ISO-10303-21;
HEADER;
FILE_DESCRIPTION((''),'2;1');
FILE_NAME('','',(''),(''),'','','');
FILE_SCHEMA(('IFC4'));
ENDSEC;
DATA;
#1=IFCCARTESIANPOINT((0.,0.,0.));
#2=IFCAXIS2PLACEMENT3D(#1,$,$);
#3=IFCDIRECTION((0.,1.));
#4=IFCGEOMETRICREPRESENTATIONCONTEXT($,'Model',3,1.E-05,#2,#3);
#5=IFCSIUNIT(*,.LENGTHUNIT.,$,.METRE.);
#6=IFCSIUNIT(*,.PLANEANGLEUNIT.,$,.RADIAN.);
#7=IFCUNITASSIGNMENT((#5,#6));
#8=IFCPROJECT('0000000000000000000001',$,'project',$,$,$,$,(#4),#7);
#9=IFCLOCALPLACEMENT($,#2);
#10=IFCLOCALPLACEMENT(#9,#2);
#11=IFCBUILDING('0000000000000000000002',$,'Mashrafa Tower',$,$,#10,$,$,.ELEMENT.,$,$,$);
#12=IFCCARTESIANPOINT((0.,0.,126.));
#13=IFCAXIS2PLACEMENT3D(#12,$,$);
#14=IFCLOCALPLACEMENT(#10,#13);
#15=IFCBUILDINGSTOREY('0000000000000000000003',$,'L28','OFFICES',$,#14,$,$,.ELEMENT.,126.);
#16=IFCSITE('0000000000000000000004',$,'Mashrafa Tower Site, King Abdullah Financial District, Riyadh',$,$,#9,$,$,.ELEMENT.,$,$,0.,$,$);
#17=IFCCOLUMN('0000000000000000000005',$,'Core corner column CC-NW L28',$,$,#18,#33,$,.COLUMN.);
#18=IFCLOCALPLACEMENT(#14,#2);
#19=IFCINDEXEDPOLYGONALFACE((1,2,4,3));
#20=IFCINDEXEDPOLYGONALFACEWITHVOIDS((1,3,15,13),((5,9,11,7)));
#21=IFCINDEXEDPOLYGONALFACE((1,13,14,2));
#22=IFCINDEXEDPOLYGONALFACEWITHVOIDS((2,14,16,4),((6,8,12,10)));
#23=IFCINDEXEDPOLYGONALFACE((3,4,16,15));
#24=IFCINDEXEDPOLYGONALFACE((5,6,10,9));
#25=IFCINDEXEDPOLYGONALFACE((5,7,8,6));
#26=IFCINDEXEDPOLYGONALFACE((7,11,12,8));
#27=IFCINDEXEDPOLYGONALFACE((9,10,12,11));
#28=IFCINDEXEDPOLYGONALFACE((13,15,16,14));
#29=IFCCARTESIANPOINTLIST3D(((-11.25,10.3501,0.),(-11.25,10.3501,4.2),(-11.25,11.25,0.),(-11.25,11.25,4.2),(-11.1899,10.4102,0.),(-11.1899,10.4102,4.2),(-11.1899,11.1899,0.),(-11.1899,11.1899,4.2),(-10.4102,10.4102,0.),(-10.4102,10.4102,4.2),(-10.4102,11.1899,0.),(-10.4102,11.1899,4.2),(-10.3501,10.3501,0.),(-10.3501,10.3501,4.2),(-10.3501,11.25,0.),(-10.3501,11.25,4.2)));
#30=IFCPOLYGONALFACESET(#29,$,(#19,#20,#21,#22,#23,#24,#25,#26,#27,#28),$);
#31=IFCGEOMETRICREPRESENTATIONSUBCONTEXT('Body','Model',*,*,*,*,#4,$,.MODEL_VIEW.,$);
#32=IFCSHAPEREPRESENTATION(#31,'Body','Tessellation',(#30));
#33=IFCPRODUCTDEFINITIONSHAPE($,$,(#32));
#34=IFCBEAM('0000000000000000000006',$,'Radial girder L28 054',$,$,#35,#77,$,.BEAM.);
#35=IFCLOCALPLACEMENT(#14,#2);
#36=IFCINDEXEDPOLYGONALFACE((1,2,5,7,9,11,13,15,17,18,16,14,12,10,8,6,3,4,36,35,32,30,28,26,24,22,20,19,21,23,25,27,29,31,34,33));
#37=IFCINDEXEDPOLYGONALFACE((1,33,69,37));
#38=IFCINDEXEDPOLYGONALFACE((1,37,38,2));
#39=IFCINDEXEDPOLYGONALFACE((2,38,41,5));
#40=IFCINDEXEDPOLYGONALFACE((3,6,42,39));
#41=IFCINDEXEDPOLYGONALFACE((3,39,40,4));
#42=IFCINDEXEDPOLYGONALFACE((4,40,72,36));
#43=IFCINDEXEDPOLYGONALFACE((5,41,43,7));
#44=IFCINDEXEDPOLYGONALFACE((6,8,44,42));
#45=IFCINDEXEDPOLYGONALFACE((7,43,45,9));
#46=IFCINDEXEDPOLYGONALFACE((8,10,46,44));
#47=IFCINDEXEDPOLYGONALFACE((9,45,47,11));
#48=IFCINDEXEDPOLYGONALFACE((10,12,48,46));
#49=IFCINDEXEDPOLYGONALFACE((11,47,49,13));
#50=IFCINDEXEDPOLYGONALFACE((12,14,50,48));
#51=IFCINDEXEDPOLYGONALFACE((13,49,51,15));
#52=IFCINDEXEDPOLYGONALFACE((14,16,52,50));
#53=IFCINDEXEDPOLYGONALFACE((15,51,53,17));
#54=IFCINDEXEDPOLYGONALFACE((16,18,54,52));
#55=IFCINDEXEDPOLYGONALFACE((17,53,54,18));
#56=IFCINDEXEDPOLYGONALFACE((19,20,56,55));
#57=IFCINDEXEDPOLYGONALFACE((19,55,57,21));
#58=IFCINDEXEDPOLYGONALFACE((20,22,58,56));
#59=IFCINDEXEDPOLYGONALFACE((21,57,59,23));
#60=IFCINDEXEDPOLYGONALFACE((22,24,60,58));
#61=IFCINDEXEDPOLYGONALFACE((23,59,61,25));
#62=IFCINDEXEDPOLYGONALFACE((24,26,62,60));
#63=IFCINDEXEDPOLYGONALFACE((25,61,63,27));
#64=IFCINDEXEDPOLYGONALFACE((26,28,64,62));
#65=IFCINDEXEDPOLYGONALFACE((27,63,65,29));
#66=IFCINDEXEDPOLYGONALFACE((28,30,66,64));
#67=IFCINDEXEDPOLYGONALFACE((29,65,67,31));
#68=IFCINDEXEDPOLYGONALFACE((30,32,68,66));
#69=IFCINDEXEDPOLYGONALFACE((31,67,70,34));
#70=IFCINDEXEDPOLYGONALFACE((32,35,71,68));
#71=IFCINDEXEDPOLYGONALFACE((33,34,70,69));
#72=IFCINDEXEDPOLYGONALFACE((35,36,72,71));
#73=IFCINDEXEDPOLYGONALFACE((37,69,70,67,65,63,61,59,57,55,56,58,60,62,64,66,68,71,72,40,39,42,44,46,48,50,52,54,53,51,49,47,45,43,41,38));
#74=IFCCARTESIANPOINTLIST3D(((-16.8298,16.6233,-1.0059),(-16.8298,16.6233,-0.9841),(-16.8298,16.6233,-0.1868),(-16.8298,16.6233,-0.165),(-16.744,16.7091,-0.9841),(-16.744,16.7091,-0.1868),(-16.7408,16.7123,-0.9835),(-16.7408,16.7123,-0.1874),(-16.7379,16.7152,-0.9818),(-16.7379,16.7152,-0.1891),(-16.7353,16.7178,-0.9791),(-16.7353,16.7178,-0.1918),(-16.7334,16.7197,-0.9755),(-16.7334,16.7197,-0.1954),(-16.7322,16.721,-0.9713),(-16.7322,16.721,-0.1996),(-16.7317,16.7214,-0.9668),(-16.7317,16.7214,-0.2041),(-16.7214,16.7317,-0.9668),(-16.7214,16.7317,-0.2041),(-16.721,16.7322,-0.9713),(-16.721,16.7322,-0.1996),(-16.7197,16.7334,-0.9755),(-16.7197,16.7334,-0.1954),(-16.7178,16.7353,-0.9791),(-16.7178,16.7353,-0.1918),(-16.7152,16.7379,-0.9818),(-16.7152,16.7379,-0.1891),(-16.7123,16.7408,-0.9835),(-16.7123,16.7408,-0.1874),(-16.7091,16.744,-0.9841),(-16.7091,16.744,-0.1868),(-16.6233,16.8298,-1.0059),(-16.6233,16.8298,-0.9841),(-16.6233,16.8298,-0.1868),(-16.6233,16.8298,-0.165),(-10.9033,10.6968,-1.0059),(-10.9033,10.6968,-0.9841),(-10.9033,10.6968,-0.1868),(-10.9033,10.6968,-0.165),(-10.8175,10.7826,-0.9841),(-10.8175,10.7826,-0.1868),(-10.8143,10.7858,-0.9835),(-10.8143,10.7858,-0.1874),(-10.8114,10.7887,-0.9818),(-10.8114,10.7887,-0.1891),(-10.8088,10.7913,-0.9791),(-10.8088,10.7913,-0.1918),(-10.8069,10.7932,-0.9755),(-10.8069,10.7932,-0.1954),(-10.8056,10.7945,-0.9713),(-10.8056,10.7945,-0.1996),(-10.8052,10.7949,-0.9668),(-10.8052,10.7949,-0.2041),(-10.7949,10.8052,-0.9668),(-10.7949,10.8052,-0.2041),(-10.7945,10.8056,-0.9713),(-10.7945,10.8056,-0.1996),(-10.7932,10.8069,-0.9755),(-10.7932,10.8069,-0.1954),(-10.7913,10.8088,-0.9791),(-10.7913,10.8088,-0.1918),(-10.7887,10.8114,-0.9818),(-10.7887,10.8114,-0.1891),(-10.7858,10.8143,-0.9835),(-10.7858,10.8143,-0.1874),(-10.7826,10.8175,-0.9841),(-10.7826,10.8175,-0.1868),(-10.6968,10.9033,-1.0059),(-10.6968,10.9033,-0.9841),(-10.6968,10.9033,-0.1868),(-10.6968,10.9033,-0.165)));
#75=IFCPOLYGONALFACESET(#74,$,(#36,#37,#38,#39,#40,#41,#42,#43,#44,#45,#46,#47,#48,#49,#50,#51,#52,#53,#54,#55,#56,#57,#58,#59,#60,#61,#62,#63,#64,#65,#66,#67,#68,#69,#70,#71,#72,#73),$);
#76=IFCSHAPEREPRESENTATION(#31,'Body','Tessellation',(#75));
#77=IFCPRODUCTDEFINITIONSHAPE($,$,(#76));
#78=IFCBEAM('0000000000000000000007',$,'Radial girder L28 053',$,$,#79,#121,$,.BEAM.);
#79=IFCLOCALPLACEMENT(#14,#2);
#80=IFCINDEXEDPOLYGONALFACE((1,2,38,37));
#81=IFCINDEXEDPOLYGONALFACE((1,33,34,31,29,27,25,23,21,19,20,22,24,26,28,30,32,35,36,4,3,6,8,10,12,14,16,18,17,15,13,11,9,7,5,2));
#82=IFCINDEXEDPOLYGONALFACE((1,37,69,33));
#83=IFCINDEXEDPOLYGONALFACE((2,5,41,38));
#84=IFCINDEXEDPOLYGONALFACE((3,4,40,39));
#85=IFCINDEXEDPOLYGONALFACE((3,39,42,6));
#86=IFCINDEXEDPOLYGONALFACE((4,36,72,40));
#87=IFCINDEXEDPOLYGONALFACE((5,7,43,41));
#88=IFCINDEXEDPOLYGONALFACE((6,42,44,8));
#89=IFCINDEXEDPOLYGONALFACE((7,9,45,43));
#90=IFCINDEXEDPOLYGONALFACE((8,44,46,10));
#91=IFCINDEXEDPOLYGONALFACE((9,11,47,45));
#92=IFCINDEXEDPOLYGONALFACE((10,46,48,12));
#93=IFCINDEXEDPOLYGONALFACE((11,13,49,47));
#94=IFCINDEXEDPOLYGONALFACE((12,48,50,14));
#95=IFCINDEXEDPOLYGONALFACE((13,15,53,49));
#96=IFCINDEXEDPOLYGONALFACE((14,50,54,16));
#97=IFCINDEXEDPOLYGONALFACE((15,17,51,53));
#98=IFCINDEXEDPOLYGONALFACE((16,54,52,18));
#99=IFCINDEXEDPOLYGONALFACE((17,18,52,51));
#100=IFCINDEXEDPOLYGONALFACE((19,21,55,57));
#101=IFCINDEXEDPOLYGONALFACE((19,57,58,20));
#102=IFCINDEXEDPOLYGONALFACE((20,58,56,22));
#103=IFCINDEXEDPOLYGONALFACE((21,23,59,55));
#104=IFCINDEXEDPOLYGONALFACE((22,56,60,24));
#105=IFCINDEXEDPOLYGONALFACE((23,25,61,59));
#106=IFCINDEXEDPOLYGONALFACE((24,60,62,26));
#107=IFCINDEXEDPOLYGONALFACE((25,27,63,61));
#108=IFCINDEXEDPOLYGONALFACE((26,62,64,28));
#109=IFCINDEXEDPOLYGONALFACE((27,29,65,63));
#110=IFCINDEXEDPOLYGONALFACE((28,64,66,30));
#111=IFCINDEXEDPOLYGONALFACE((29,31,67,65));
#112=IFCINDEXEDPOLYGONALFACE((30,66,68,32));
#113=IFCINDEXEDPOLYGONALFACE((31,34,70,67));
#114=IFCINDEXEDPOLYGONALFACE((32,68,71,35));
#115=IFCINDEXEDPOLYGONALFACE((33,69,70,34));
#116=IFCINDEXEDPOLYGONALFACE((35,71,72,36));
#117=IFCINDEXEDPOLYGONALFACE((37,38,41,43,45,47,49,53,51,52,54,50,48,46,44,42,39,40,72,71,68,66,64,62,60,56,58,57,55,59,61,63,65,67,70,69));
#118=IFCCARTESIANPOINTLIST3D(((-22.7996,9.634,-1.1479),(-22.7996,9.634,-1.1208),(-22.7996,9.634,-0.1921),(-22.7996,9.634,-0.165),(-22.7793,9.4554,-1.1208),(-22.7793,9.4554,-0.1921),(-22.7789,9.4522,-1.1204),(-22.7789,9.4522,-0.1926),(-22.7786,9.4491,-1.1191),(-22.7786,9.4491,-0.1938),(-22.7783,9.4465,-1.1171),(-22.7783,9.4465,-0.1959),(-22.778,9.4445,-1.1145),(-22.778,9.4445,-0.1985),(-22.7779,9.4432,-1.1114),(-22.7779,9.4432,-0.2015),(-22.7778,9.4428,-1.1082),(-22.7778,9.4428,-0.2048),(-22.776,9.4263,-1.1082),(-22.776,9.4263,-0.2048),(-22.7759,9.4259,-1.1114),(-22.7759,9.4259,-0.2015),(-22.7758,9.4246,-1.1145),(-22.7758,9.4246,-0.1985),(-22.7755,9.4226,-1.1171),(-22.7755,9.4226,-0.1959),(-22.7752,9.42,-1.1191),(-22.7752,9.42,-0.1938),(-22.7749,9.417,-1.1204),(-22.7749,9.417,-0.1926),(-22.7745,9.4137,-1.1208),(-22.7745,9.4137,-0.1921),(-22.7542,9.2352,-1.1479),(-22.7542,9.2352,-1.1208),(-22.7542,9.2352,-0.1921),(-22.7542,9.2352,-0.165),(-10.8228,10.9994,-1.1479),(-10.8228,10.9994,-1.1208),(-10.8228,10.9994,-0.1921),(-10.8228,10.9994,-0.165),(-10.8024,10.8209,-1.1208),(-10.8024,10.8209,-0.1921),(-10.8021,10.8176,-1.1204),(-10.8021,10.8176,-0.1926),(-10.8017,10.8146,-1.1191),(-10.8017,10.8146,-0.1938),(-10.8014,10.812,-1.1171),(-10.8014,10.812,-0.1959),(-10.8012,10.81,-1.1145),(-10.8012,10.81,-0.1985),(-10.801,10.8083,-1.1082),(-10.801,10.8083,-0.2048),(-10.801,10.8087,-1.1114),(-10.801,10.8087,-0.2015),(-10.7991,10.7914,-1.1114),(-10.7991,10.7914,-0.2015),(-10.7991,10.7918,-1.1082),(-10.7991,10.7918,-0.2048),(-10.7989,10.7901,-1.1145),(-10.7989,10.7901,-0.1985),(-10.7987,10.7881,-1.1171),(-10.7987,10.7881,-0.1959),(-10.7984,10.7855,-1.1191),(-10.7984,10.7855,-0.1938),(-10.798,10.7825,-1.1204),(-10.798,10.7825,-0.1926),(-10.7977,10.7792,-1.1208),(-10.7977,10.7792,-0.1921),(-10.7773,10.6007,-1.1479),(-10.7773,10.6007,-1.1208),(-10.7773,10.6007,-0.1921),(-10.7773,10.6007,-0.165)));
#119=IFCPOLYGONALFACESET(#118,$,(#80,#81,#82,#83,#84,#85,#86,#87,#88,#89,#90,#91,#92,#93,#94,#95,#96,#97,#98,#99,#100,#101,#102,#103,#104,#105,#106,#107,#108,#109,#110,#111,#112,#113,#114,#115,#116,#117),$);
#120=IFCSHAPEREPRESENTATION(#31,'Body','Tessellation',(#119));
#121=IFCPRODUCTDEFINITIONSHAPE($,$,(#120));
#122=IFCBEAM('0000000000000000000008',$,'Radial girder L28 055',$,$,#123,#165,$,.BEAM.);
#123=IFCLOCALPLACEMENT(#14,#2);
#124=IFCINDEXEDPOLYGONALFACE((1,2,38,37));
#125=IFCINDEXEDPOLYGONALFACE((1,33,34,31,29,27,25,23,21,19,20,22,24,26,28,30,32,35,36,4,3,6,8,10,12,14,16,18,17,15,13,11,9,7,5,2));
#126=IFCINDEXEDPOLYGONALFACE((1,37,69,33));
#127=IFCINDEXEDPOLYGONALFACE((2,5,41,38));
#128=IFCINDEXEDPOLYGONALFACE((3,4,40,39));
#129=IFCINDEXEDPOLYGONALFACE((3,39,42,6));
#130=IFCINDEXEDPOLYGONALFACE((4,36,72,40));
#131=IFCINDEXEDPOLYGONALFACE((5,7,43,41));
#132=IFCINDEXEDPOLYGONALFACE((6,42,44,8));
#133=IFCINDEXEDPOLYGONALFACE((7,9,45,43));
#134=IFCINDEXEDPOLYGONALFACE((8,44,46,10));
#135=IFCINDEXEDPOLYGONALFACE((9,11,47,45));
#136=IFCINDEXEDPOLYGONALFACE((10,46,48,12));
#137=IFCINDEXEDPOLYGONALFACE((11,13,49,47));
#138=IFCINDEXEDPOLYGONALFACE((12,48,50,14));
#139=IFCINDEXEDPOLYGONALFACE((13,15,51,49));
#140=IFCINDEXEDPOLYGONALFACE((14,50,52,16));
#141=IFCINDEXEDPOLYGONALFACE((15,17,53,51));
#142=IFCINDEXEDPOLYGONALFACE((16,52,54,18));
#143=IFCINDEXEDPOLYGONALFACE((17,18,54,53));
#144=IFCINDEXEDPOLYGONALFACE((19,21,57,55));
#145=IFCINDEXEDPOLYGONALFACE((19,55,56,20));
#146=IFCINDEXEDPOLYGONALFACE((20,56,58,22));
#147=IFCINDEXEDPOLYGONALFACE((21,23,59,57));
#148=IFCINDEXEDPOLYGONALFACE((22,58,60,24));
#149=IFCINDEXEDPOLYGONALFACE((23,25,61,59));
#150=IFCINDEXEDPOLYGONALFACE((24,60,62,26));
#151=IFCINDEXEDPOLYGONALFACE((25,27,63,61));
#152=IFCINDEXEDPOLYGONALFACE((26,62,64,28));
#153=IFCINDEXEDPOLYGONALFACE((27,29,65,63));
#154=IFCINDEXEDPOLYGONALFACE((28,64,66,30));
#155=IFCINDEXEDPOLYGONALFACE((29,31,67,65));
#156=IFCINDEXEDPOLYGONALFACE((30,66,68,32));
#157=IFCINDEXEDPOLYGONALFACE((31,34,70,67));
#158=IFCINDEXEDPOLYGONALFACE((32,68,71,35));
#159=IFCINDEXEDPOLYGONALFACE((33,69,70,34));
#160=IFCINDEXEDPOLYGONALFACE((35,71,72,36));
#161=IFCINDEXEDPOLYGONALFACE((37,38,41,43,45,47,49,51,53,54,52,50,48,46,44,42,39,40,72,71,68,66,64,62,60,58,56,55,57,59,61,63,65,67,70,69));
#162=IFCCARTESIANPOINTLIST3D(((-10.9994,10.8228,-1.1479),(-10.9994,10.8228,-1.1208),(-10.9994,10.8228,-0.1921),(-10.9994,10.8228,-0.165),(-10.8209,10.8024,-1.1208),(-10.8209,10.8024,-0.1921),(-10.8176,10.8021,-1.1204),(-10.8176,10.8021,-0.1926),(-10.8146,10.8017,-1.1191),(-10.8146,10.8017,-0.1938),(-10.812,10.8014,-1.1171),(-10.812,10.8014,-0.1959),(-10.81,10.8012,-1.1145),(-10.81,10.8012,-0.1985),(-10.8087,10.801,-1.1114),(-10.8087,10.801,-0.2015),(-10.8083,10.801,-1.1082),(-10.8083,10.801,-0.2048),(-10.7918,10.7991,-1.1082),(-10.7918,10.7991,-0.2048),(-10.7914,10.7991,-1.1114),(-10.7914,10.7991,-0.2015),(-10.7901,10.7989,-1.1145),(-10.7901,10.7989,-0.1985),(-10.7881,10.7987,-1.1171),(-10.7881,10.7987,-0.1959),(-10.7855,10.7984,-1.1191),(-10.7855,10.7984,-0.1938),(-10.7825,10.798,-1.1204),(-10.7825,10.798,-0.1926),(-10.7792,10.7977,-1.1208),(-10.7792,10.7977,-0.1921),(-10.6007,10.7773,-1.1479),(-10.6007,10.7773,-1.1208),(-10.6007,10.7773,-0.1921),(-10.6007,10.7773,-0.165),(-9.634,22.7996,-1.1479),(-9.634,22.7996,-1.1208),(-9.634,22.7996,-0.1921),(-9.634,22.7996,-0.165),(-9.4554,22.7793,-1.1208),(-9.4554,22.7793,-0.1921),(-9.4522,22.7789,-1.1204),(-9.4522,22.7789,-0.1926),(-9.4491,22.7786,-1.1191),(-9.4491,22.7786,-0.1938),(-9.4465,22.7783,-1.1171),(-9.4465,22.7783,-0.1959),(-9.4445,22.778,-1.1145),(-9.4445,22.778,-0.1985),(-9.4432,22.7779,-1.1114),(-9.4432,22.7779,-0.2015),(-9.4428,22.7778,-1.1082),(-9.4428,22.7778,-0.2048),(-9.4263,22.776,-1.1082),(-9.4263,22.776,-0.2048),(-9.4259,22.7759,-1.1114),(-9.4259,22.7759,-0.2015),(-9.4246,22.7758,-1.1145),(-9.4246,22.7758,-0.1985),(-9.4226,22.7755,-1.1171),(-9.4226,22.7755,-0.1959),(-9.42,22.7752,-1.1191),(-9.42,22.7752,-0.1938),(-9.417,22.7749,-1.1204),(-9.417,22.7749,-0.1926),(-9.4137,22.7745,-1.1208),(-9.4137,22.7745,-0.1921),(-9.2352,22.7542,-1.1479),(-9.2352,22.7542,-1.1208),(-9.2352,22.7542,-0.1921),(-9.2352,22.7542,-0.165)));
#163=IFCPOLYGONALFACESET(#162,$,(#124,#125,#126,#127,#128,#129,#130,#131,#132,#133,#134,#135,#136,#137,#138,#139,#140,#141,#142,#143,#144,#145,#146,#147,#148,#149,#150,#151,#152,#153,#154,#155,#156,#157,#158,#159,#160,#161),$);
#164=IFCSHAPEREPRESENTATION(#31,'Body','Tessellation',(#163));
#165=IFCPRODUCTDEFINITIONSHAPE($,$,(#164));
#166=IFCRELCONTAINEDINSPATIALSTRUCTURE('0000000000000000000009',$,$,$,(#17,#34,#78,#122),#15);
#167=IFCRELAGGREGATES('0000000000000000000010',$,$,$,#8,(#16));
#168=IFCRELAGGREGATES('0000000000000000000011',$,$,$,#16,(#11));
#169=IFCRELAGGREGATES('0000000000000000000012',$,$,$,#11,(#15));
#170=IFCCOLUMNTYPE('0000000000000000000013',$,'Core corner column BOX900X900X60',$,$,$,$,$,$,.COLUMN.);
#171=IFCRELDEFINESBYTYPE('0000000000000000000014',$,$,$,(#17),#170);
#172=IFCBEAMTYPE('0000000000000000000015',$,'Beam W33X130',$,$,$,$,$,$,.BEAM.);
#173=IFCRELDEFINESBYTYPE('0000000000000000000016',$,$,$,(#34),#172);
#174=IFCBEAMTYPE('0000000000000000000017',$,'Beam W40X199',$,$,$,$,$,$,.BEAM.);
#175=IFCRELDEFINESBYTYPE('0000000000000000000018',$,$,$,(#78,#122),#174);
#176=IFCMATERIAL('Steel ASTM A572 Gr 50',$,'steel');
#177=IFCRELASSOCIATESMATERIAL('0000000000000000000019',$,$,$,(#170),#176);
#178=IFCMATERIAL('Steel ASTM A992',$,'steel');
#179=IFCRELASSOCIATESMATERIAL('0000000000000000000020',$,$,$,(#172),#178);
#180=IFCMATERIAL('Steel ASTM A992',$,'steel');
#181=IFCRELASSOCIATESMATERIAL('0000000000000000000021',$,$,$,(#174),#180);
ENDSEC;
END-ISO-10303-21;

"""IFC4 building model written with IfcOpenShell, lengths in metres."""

from ifc_helpers import new_model, si_unit, direction, frame, origin, origin_2d, place, context, subcontext, project, spatial, hollow_rectangle, i_section, extrude, material, material_profile, profile_set, type_object, element, save


model = new_model("IFC4")

# Units and contexts
model_context = context("Model", 3, precision=1e-05, world=origin(), true_north=direction((0.0, 1.0)))
body_context = subcontext(model_context, "Body", "Model", "MODEL_VIEW")
ifc_project = project(units=[si_unit("LENGTHUNIT", "METRE"), si_unit("PLANEANGLEUNIT", "RADIAN")], contexts=[model_context])

# Site, building, storey
site_placement = place(None, origin())
site = spatial("IfcSite", under=ifc_project, at=site_placement, Name="Mashrafa Tower Site, King Abdullah Financial District, Riyadh", CompositionType="ELEMENT", RefElevation=0.0)
building_placement = place(site_placement, origin())
building = spatial("IfcBuilding", under=site, at=building_placement, Name="Mashrafa Tower", CompositionType="ELEMENT")
storey_placement = place(building_placement, frame((0.0, 0.0, 126.0)))
storey = spatial("IfcBuildingStorey", under=building, at=storey_placement, Name="L28", Description="OFFICES", CompositionType="ELEMENT", Elevation=126.0)

# Column
ifc_material_1 = material(Name="Steel ASTM A572 Gr 50", Category="steel")
ifc_material_profile_1 = material_profile(ifc_material_1, hollow_rectangle(XDim=0.8999, YDim=0.8999, WallThickness=0.0601, at=origin_2d()), Name="BOX900X900X60")
ifc_profile_set_1 = profile_set([ifc_material_profile_1], Name="Steel ASTM A572 Gr 50")
column_type = type_object("IfcColumnType", Name="Core corner column BOX900X900X60", PredefinedType="COLUMN", material=ifc_profile_set_1)
column_placement = place(storey_placement, frame((-10.8, 10.8, 0.0), z_axis=(0.0, 0.0, 1.0), x_axis=(1.0, 0.0, 0.0)))
element("IfcColumn", 1, at=column_placement, inside=storey, type_object=column_type, Name="Core corner column CC-NW L28", PredefinedType="COLUMN", context=body_context, shape_type="SweptSolid", body=[
    extrude(hollow_rectangle(XDim=0.8999, YDim=0.8999, WallThickness=0.0601, at=origin_2d()), origin(), (0.0, 0.0, 1.0), 4.2),
])

# Beams
ifc_material_2 = material(Name="Steel ASTM A992", Category="steel")
ifc_material_profile_2 = material_profile(ifc_material_2, i_section(OverallWidth=0.292, OverallDepth=0.8408, WebThickness=0.0146, FlangeThickness=0.0217, FilletRadius=0.0173, at=origin_2d()), Name="W33X130")
ifc_profile_set_2 = profile_set([ifc_material_profile_2], Name="Steel ASTM A992")
beam_type_1 = type_object("IfcBeamType", Name="Beam W33X130", PredefinedType="BEAM", material=ifc_profile_set_2)
beam_1_placement = place(storey_placement, frame((-10.8, 10.8, -0.5854), z_axis=(-0.707107, 0.707107, 0.0), x_axis=(-0.707107, -0.707107, 0.0)))
element("IfcBeam", 2, at=beam_1_placement, inside=storey, type_object=beam_type_1, Name="Radial girder L28 054", PredefinedType="BEAM", context=body_context, shape_type="SweptSolid", body=[
    extrude(i_section(OverallWidth=0.292, OverallDepth=0.8408, WebThickness=0.0146, FlangeThickness=0.0217, FilletRadius=0.0173, at=origin_2d()), origin(), (0.0, 0.0, 1.0), 8.3813),
])
ifc_material_3 = material(Name="Steel ASTM A992", Category="steel")
ifc_material_profile_3 = material_profile(ifc_material_3, i_section(OverallWidth=0.4014, OverallDepth=0.9829, WebThickness=0.0166, FlangeThickness=0.0271, FilletRadius=0.0127, at=origin_2d()), Name="W40X199")
ifc_profile_set_3 = profile_set([ifc_material_profile_3], Name="Steel ASTM A992")
beam_type_2 = type_object("IfcBeamType", Name="Beam W40X199", PredefinedType="BEAM", material=ifc_profile_set_3)
for number, where, z_axis, x_axis, name in (
    (3, (-10.8, 10.8, -0.6565), (-0.993564, -0.113276, 0.0), (0.113276, -0.993564, 0.0), "Radial girder L28 053"),
    (4, (-10.8, 10.8, -0.6565), (0.113276, 0.993564, 0.0), (-0.993564, 0.113276, 0.0), "Radial girder L28 055"),
):
    element("IfcBeam", number, at=place(storey_placement, frame(where, z_axis=z_axis, x_axis=x_axis)), inside=storey, type_object=beam_type_2, Name=name, PredefinedType="BEAM", context=body_context, shape_type="SweptSolid", body=[
        extrude(i_section(OverallWidth=0.4014, OverallDepth=0.9829, WebThickness=0.0166, FlangeThickness=0.0271, FilletRadius=0.0127, at=origin_2d()), origin(), (0.0, 0.0, 1.0), 12.0544),
    ])

save(model, "model.ifc")
